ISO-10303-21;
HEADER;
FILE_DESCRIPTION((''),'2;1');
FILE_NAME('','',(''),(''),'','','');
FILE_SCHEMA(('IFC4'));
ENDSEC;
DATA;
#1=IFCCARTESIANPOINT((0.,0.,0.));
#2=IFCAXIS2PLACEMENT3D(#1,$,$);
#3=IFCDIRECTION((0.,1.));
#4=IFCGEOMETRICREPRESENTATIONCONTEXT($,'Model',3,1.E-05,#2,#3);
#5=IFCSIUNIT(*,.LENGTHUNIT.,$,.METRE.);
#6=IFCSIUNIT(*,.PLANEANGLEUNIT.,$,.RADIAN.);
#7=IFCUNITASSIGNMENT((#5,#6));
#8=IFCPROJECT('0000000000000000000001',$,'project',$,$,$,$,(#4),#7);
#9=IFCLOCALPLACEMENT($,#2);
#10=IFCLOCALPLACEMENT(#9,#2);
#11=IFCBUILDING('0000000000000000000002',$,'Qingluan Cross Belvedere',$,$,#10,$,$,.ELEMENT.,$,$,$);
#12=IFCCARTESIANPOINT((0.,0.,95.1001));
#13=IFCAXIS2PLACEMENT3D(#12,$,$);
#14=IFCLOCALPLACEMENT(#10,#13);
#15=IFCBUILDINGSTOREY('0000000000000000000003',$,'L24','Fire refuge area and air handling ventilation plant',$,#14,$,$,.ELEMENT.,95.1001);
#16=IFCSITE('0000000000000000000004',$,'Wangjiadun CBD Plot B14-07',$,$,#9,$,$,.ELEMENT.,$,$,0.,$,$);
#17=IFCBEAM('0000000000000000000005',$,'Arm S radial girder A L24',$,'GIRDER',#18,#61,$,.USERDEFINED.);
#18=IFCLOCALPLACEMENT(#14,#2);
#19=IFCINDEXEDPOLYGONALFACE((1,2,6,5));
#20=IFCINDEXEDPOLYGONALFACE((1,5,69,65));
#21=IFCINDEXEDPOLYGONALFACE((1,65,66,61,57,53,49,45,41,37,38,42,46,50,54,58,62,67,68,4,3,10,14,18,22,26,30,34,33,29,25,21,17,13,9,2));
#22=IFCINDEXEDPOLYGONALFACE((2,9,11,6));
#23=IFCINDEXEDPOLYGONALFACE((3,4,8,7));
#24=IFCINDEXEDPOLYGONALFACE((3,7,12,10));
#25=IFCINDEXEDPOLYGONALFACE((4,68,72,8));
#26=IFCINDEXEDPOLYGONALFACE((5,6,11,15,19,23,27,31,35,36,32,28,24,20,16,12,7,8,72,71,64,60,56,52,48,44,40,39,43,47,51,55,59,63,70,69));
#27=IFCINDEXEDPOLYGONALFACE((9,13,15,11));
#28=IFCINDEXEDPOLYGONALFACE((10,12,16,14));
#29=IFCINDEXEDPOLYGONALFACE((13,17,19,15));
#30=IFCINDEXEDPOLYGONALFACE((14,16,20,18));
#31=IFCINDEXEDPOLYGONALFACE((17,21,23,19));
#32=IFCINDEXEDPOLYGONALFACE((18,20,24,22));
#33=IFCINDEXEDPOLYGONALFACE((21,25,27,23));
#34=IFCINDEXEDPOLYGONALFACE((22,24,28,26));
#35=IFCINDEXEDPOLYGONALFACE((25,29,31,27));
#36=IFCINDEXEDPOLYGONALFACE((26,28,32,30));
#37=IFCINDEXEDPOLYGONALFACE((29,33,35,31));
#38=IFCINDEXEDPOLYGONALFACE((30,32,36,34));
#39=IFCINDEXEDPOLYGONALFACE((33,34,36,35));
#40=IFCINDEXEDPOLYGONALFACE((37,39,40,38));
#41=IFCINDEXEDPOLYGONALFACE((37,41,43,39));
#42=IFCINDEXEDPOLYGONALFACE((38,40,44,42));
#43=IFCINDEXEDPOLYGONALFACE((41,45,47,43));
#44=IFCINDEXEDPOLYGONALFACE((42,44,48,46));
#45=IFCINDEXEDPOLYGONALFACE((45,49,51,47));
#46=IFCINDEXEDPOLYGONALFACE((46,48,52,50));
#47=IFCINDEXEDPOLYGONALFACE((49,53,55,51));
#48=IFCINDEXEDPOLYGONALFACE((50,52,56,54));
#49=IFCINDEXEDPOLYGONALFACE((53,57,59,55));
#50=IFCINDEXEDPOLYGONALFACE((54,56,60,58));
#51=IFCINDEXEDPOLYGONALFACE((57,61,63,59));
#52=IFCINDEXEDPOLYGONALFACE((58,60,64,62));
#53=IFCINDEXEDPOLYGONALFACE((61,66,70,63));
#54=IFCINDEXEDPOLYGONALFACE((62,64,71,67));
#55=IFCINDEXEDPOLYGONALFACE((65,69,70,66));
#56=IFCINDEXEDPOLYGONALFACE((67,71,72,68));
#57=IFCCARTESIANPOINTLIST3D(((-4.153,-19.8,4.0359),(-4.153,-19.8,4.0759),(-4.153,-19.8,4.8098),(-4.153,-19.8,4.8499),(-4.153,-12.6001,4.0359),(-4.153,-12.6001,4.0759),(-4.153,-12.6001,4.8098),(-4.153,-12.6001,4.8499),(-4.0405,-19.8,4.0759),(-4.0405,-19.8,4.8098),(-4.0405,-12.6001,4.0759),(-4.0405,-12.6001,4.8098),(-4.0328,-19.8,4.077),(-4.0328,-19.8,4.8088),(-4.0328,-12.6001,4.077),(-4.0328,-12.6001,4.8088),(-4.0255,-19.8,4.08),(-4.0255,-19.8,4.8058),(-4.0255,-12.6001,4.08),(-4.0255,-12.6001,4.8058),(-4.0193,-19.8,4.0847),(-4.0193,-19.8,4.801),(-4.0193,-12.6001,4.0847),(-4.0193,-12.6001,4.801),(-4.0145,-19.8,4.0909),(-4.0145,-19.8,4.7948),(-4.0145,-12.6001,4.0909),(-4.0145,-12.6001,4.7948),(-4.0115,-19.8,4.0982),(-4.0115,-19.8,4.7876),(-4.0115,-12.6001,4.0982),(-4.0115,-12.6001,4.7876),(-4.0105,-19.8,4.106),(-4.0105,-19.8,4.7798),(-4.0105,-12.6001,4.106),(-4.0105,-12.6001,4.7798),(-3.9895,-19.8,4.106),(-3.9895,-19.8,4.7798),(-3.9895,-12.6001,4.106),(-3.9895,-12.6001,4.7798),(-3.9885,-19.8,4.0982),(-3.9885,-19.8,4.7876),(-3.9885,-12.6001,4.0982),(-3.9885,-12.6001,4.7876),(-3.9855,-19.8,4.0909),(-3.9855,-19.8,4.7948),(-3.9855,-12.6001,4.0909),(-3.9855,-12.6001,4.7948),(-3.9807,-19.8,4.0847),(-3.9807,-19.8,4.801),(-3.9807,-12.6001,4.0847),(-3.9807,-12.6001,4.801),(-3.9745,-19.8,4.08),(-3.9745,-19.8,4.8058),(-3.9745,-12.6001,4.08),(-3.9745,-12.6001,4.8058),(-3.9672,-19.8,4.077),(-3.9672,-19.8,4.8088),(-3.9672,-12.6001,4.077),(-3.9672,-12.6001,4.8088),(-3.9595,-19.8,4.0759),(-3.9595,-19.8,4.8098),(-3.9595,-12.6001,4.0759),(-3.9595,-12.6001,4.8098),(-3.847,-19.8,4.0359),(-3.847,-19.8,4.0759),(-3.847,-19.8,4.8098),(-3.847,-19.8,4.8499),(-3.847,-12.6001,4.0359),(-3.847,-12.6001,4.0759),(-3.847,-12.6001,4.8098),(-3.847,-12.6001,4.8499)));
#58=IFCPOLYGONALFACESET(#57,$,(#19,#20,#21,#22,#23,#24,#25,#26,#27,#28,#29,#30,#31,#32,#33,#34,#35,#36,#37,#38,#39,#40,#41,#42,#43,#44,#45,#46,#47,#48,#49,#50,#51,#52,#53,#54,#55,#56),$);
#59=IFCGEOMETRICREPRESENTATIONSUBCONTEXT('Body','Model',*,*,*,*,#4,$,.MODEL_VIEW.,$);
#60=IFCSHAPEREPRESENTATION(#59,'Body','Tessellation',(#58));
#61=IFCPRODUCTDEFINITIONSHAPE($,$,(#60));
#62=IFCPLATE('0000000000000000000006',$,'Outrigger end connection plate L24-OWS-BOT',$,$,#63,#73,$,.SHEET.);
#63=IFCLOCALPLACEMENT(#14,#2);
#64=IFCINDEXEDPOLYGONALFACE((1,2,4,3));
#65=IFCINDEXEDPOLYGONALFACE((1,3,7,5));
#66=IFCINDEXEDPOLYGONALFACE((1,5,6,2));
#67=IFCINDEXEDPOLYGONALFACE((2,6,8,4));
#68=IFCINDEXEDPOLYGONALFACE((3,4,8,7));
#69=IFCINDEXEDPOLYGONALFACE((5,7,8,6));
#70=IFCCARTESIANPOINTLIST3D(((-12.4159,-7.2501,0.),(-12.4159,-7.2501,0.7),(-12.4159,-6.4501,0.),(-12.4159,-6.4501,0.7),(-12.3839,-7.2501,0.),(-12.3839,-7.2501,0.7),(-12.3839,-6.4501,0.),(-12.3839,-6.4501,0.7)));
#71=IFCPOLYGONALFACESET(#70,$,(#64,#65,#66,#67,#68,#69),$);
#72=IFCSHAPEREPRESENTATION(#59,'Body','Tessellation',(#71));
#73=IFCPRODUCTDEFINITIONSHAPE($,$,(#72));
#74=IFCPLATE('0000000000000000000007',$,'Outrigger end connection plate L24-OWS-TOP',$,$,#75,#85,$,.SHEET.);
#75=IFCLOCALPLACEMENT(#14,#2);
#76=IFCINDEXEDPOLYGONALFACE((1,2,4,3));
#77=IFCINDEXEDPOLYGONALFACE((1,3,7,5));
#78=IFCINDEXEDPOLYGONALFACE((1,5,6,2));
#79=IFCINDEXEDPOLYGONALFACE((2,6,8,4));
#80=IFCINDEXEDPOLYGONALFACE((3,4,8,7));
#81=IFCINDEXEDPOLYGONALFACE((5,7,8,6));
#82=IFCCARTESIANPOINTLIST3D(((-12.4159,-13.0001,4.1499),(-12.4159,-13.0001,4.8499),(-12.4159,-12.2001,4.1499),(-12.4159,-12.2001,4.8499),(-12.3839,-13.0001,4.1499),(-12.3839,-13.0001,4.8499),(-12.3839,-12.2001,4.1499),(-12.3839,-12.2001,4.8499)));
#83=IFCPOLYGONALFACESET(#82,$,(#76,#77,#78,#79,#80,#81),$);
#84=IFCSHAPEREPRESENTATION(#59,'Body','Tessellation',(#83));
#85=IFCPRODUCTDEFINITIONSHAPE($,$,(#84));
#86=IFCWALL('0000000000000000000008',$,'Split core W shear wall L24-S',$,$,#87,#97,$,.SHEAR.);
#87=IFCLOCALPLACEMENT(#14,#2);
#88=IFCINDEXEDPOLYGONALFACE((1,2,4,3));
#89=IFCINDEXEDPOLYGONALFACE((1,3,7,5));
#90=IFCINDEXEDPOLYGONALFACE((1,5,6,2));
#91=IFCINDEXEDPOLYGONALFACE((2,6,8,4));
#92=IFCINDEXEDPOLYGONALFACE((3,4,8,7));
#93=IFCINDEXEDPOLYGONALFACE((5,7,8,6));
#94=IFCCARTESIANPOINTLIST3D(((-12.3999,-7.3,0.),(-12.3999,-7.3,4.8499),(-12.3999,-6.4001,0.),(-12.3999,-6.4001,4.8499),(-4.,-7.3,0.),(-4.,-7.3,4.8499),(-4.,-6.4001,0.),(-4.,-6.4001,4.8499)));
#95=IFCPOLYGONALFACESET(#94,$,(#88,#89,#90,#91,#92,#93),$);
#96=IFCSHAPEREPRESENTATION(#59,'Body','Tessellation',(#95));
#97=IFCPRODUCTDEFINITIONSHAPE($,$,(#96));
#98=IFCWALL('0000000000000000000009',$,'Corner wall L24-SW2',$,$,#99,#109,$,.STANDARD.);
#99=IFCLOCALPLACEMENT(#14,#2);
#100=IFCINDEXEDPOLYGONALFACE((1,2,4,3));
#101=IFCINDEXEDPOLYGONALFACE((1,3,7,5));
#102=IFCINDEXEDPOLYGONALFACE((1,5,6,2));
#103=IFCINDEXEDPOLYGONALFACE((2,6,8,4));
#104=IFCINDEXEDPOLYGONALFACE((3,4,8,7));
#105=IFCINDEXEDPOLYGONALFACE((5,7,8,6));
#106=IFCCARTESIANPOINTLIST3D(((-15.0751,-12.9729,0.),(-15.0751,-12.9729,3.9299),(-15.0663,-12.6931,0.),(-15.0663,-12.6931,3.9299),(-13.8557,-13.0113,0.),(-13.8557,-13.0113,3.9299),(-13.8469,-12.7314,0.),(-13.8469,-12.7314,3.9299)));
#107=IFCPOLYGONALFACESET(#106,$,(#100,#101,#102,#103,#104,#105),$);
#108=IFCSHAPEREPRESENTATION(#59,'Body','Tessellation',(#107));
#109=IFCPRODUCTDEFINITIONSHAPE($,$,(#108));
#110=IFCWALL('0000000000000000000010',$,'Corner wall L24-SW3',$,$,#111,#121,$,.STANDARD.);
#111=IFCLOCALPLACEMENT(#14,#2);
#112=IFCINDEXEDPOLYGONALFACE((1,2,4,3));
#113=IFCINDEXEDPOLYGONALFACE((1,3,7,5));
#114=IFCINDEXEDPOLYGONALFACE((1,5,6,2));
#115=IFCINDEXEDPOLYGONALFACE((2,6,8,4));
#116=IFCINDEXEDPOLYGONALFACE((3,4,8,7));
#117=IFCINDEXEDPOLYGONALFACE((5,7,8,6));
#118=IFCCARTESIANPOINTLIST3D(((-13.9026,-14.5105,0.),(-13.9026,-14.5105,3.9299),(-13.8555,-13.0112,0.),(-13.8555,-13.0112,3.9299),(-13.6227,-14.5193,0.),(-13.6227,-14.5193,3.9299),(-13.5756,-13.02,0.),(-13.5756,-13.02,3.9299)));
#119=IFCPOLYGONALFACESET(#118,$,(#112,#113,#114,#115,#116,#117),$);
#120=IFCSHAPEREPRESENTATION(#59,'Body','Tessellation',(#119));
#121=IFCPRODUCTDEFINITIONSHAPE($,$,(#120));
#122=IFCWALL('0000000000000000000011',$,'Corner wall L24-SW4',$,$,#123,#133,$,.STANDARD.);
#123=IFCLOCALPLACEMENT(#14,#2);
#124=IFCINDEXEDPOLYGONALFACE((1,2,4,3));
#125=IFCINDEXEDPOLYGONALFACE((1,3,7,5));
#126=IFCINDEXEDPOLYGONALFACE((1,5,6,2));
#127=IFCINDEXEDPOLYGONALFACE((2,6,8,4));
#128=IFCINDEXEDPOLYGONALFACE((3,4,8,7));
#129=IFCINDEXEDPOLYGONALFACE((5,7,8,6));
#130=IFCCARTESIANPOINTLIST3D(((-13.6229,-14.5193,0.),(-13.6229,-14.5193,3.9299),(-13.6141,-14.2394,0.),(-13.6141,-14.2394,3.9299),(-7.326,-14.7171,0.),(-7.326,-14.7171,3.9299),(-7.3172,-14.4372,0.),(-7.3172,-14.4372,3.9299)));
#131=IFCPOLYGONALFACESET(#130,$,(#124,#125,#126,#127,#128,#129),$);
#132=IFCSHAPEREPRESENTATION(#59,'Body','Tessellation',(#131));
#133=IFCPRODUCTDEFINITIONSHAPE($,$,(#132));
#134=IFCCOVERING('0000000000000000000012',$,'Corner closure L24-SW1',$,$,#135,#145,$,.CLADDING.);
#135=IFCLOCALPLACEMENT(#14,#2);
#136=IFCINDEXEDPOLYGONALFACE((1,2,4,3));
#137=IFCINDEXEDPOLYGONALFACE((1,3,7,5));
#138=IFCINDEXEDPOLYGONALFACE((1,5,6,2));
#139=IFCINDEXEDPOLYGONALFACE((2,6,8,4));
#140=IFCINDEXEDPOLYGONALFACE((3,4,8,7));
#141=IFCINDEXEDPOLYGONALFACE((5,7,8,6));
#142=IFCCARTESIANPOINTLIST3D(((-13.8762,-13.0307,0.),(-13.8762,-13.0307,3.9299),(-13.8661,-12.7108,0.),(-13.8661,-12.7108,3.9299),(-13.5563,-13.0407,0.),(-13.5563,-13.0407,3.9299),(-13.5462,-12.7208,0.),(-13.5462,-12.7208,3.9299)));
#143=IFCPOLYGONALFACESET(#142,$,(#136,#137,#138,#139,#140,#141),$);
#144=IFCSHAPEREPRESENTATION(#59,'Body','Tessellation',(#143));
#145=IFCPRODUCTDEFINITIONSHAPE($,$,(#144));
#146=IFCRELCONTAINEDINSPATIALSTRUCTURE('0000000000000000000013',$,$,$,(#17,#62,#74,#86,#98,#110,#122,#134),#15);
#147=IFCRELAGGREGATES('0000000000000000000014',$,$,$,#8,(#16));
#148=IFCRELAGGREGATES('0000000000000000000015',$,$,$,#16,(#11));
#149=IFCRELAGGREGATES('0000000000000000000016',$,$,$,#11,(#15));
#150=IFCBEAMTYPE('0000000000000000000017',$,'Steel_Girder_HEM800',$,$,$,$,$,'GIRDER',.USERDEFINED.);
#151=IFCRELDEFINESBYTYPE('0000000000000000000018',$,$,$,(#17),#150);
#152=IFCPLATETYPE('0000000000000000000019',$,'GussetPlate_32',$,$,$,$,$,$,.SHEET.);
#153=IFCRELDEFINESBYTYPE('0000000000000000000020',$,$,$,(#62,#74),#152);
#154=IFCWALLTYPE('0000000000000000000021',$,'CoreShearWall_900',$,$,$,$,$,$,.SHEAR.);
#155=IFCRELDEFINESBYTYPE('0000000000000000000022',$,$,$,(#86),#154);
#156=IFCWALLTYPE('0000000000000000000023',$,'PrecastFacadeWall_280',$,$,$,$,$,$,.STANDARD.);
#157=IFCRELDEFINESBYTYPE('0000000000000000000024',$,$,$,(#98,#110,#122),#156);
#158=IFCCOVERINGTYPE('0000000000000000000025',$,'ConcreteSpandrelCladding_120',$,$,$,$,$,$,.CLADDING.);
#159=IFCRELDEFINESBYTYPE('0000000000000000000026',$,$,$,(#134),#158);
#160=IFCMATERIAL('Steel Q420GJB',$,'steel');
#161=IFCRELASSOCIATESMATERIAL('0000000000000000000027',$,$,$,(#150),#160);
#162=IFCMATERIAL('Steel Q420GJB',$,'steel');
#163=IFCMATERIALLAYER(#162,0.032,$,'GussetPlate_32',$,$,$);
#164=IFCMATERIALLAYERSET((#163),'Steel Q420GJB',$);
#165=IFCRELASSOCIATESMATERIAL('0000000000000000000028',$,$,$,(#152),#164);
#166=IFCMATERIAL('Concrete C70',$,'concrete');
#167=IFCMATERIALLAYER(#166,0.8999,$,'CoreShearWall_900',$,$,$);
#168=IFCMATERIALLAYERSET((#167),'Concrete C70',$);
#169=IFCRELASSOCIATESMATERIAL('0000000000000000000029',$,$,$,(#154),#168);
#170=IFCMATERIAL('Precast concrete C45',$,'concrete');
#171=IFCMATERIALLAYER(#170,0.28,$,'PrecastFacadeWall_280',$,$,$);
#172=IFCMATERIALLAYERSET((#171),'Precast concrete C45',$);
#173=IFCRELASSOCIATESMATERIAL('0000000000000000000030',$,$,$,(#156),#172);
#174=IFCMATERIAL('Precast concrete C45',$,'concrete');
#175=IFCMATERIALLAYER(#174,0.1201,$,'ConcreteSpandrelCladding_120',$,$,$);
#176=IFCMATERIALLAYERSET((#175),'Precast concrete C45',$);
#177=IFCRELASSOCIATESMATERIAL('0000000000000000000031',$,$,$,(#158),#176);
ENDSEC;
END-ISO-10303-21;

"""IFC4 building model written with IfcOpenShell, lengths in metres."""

from ifc_helpers import new_model, si_unit, direction, frame, frame_2d, origin, origin_2d, place, context, subcontext, project, spatial, rectangle, i_section, extrude, material, layer, layer_set, material_profile, profile_set, type_object, element, save


model = new_model("IFC4")

# Units and contexts
model_context = context("Model", 3, precision=1e-05, world=origin(), true_north=direction((0.0, 1.0)))
body_context = subcontext(model_context, "Body", "Model", "MODEL_VIEW")
ifc_project = project(units=[si_unit("LENGTHUNIT", "METRE"), si_unit("PLANEANGLEUNIT", "RADIAN")], contexts=[model_context])

# Site, building, storey
site_placement = place(None, origin())
site = spatial("IfcSite", under=ifc_project, at=site_placement, Name="Wangjiadun CBD Plot B14-07", CompositionType="ELEMENT", RefElevation=0.0)
building_placement = place(site_placement, origin())
building = spatial("IfcBuilding", under=site, at=building_placement, Name="Qingluan Cross Belvedere", CompositionType="ELEMENT")
storey_placement = place(building_placement, frame((0.0, 0.0, 95.1001)))
storey = spatial("IfcBuildingStorey", under=building, at=storey_placement, Name="L24", Description="Fire refuge area and air handling ventilation plant", CompositionType="ELEMENT", Elevation=95.1001)

# Beam
ifc_material_1 = material(Name="Steel Q420GJB", Category="steel")
ifc_material_profile_1 = material_profile(ifc_material_1, i_section(OverallWidth=0.3059, OverallDepth=0.814, WebThickness=0.021, FlangeThickness=0.04, FilletRadius=0.03, at=origin_2d()), Name="HEM800")
ifc_profile_set_1 = profile_set([ifc_material_profile_1], Name="Steel Q420GJB")
beam_type_1 = type_object("IfcBeamType", Name="Steel_Girder_HEM800", ElementType="GIRDER", PredefinedType="USERDEFINED", material=ifc_profile_set_1)
beam_1_placement = place(storey_placement, frame((-4.0, -12.6001, 4.4429), z_axis=(0.0, -1.0, 0.0), x_axis=(1.0, 0.0, 0.0)))
element("IfcBeam", 1, at=beam_1_placement, inside=storey, type_object=beam_type_1, Name="Arm S radial girder A L24", ObjectType="GIRDER", PredefinedType="USERDEFINED", context=body_context, shape_type="SweptSolid", body=[
    extrude(i_section(OverallWidth=0.3059, OverallDepth=0.814, WebThickness=0.021, FlangeThickness=0.04, FilletRadius=0.03, at=origin_2d()), origin(), (0.0, 0.0, 1.0), 7.2),
])

# Plates
ifc_material_2 = material(Name="Steel Q420GJB", Category="steel")
ifc_layer_1 = layer(ifc_material_2, 0.032, Name="GussetPlate_32")
ifc_layer_set_1 = layer_set([ifc_layer_1], Name="Steel Q420GJB")
plate_type = type_object("IfcPlateType", Name="GussetPlate_32", PredefinedType="SHEET", material=ifc_layer_set_1)
for number, where, z_axis, x_axis, name in (
    (2, (-12.3999, -6.8501, 0.0), (0.0, 0.0, 1.0), (0.0, 1.0, 0.0), "Outrigger end connection plate L24-OWS-BOT"),
    (3, (-12.3999, -12.6001, 4.1499), (0.0, 0.0, 1.0), (0.0, 1.0, 0.0), "Outrigger end connection plate L24-OWS-TOP"),
):
    element("IfcPlate", number, at=place(storey_placement, frame(where, z_axis=z_axis, x_axis=x_axis)), inside=storey, type_object=plate_type, Name=name, PredefinedType="SHEET", context=body_context, shape_type="SweptSolid", body=[
        extrude(rectangle(XDim=0.8, YDim=0.032, at=origin_2d()), origin(), (0.0, 0.0, 1.0), 0.7),
    ])

# Walls
ifc_material_3 = material(Name="Concrete C70", Category="concrete")
ifc_layer_2 = layer(ifc_material_3, 0.8999, Name="CoreShearWall_900")
ifc_layer_set_2 = layer_set([ifc_layer_2], Name="Concrete C70")
wall_type_1 = type_object("IfcWallType", Name="CoreShearWall_900", PredefinedType="SHEAR", material=ifc_layer_set_2)
wall_1_placement = place(storey_placement, frame((-12.3999, -6.8501, 0.0), z_axis=(0.0, 0.0, 1.0), x_axis=(1.0, 0.0, 0.0)))
element("IfcWall", 4, at=wall_1_placement, inside=storey, type_object=wall_type_1, Name="Split core W shear wall L24-S", PredefinedType="SHEAR", context=body_context, shape_type="SweptSolid", body=[
    extrude(rectangle(XDim=8.3999, YDim=0.8999, at=frame_2d((4.2, 0.0))), origin(), (0.0, 0.0, 1.0), 4.8499),
])
ifc_material_4 = material(Name="Precast concrete C45", Category="concrete")
ifc_layer_3 = layer(ifc_material_4, 0.28, Name="PrecastFacadeWall_280")
ifc_layer_set_3 = layer_set([ifc_layer_3], Name="Precast concrete C45")
wall_type_2 = type_object("IfcWallType", Name="PrecastFacadeWall_280", PredefinedType="STANDARD", material=ifc_layer_set_3)
wall_2_placement = place(storey_placement, frame((-15.0706, -12.833, 0.0), z_axis=(0.0, 0.0, 1.0), x_axis=(0.999506, -0.031416, 0.0)))
element("IfcWall", 5, at=wall_2_placement, inside=storey, type_object=wall_type_2, Name="Corner wall L24-SW2", PredefinedType="STANDARD", context=body_context, shape_type="SweptSolid", body=[
    extrude(rectangle(XDim=1.22, YDim=0.28, at=frame_2d((0.6099, 0.0))), origin(), (0.0, 0.0, 1.0), 3.9299),
])
wall_3_placement = place(storey_placement, frame((-13.7156, -13.0156, 0.0), z_axis=(0.0, 0.0, 1.0), x_axis=(-0.031413, -0.999507, 0.0)))
element("IfcWall", 6, at=wall_3_placement, inside=storey, type_object=wall_type_2, Name="Corner wall L24-SW3", PredefinedType="STANDARD", context=body_context, shape_type="SweptSolid", body=[
    extrude(rectangle(XDim=1.5, YDim=0.28, at=frame_2d((0.75, 0.0))), origin(), (0.0, 0.0, 1.0), 3.9299),
])
wall_4_placement = place(storey_placement, frame((-13.6184, -14.3794, 0.0), z_axis=(0.0, 0.0, 1.0), x_axis=(0.999507, -0.03139, 0.0)))
element("IfcWall", 7, at=wall_4_placement, inside=storey, type_object=wall_type_2, Name="Corner wall L24-SW4", PredefinedType="STANDARD", context=body_context, shape_type="SweptSolid", body=[
    extrude(rectangle(XDim=6.3, YDim=0.28, at=frame_2d((3.1499, 0.0))), origin(), (0.0, 0.0, 1.0), 3.9299),
])

# Covering
ifc_material_5 = material(Name="Precast concrete C45", Category="concrete")
ifc_layer_4 = layer(ifc_material_5, 0.1201, Name="ConcreteSpandrelCladding_120")
ifc_layer_set_4 = layer_set([ifc_layer_4], Name="Precast concrete C45")
covering_type = type_object("IfcCoveringType", Name="ConcreteSpandrelCladding_120", PredefinedType="CLADDING", material=ifc_layer_set_4)
covering_placement = place(storey_placement, frame((-13.7112, -12.8757, 0.0), z_axis=(0.0, 0.0, 1.0), x_axis=(0.999507, -0.031411, 0.0)))
element("IfcCovering", 8, at=covering_placement, inside=storey, type_object=covering_type, Name="Corner closure L24-SW1", PredefinedType="CLADDING", context=body_context, shape_type="SweptSolid", body=[
    extrude(rectangle(XDim=0.3201, YDim=0.3201, at=origin_2d()), origin(), (0.0, 0.0, 1.0), 3.9299),
])

save(model, "model.ifc")
